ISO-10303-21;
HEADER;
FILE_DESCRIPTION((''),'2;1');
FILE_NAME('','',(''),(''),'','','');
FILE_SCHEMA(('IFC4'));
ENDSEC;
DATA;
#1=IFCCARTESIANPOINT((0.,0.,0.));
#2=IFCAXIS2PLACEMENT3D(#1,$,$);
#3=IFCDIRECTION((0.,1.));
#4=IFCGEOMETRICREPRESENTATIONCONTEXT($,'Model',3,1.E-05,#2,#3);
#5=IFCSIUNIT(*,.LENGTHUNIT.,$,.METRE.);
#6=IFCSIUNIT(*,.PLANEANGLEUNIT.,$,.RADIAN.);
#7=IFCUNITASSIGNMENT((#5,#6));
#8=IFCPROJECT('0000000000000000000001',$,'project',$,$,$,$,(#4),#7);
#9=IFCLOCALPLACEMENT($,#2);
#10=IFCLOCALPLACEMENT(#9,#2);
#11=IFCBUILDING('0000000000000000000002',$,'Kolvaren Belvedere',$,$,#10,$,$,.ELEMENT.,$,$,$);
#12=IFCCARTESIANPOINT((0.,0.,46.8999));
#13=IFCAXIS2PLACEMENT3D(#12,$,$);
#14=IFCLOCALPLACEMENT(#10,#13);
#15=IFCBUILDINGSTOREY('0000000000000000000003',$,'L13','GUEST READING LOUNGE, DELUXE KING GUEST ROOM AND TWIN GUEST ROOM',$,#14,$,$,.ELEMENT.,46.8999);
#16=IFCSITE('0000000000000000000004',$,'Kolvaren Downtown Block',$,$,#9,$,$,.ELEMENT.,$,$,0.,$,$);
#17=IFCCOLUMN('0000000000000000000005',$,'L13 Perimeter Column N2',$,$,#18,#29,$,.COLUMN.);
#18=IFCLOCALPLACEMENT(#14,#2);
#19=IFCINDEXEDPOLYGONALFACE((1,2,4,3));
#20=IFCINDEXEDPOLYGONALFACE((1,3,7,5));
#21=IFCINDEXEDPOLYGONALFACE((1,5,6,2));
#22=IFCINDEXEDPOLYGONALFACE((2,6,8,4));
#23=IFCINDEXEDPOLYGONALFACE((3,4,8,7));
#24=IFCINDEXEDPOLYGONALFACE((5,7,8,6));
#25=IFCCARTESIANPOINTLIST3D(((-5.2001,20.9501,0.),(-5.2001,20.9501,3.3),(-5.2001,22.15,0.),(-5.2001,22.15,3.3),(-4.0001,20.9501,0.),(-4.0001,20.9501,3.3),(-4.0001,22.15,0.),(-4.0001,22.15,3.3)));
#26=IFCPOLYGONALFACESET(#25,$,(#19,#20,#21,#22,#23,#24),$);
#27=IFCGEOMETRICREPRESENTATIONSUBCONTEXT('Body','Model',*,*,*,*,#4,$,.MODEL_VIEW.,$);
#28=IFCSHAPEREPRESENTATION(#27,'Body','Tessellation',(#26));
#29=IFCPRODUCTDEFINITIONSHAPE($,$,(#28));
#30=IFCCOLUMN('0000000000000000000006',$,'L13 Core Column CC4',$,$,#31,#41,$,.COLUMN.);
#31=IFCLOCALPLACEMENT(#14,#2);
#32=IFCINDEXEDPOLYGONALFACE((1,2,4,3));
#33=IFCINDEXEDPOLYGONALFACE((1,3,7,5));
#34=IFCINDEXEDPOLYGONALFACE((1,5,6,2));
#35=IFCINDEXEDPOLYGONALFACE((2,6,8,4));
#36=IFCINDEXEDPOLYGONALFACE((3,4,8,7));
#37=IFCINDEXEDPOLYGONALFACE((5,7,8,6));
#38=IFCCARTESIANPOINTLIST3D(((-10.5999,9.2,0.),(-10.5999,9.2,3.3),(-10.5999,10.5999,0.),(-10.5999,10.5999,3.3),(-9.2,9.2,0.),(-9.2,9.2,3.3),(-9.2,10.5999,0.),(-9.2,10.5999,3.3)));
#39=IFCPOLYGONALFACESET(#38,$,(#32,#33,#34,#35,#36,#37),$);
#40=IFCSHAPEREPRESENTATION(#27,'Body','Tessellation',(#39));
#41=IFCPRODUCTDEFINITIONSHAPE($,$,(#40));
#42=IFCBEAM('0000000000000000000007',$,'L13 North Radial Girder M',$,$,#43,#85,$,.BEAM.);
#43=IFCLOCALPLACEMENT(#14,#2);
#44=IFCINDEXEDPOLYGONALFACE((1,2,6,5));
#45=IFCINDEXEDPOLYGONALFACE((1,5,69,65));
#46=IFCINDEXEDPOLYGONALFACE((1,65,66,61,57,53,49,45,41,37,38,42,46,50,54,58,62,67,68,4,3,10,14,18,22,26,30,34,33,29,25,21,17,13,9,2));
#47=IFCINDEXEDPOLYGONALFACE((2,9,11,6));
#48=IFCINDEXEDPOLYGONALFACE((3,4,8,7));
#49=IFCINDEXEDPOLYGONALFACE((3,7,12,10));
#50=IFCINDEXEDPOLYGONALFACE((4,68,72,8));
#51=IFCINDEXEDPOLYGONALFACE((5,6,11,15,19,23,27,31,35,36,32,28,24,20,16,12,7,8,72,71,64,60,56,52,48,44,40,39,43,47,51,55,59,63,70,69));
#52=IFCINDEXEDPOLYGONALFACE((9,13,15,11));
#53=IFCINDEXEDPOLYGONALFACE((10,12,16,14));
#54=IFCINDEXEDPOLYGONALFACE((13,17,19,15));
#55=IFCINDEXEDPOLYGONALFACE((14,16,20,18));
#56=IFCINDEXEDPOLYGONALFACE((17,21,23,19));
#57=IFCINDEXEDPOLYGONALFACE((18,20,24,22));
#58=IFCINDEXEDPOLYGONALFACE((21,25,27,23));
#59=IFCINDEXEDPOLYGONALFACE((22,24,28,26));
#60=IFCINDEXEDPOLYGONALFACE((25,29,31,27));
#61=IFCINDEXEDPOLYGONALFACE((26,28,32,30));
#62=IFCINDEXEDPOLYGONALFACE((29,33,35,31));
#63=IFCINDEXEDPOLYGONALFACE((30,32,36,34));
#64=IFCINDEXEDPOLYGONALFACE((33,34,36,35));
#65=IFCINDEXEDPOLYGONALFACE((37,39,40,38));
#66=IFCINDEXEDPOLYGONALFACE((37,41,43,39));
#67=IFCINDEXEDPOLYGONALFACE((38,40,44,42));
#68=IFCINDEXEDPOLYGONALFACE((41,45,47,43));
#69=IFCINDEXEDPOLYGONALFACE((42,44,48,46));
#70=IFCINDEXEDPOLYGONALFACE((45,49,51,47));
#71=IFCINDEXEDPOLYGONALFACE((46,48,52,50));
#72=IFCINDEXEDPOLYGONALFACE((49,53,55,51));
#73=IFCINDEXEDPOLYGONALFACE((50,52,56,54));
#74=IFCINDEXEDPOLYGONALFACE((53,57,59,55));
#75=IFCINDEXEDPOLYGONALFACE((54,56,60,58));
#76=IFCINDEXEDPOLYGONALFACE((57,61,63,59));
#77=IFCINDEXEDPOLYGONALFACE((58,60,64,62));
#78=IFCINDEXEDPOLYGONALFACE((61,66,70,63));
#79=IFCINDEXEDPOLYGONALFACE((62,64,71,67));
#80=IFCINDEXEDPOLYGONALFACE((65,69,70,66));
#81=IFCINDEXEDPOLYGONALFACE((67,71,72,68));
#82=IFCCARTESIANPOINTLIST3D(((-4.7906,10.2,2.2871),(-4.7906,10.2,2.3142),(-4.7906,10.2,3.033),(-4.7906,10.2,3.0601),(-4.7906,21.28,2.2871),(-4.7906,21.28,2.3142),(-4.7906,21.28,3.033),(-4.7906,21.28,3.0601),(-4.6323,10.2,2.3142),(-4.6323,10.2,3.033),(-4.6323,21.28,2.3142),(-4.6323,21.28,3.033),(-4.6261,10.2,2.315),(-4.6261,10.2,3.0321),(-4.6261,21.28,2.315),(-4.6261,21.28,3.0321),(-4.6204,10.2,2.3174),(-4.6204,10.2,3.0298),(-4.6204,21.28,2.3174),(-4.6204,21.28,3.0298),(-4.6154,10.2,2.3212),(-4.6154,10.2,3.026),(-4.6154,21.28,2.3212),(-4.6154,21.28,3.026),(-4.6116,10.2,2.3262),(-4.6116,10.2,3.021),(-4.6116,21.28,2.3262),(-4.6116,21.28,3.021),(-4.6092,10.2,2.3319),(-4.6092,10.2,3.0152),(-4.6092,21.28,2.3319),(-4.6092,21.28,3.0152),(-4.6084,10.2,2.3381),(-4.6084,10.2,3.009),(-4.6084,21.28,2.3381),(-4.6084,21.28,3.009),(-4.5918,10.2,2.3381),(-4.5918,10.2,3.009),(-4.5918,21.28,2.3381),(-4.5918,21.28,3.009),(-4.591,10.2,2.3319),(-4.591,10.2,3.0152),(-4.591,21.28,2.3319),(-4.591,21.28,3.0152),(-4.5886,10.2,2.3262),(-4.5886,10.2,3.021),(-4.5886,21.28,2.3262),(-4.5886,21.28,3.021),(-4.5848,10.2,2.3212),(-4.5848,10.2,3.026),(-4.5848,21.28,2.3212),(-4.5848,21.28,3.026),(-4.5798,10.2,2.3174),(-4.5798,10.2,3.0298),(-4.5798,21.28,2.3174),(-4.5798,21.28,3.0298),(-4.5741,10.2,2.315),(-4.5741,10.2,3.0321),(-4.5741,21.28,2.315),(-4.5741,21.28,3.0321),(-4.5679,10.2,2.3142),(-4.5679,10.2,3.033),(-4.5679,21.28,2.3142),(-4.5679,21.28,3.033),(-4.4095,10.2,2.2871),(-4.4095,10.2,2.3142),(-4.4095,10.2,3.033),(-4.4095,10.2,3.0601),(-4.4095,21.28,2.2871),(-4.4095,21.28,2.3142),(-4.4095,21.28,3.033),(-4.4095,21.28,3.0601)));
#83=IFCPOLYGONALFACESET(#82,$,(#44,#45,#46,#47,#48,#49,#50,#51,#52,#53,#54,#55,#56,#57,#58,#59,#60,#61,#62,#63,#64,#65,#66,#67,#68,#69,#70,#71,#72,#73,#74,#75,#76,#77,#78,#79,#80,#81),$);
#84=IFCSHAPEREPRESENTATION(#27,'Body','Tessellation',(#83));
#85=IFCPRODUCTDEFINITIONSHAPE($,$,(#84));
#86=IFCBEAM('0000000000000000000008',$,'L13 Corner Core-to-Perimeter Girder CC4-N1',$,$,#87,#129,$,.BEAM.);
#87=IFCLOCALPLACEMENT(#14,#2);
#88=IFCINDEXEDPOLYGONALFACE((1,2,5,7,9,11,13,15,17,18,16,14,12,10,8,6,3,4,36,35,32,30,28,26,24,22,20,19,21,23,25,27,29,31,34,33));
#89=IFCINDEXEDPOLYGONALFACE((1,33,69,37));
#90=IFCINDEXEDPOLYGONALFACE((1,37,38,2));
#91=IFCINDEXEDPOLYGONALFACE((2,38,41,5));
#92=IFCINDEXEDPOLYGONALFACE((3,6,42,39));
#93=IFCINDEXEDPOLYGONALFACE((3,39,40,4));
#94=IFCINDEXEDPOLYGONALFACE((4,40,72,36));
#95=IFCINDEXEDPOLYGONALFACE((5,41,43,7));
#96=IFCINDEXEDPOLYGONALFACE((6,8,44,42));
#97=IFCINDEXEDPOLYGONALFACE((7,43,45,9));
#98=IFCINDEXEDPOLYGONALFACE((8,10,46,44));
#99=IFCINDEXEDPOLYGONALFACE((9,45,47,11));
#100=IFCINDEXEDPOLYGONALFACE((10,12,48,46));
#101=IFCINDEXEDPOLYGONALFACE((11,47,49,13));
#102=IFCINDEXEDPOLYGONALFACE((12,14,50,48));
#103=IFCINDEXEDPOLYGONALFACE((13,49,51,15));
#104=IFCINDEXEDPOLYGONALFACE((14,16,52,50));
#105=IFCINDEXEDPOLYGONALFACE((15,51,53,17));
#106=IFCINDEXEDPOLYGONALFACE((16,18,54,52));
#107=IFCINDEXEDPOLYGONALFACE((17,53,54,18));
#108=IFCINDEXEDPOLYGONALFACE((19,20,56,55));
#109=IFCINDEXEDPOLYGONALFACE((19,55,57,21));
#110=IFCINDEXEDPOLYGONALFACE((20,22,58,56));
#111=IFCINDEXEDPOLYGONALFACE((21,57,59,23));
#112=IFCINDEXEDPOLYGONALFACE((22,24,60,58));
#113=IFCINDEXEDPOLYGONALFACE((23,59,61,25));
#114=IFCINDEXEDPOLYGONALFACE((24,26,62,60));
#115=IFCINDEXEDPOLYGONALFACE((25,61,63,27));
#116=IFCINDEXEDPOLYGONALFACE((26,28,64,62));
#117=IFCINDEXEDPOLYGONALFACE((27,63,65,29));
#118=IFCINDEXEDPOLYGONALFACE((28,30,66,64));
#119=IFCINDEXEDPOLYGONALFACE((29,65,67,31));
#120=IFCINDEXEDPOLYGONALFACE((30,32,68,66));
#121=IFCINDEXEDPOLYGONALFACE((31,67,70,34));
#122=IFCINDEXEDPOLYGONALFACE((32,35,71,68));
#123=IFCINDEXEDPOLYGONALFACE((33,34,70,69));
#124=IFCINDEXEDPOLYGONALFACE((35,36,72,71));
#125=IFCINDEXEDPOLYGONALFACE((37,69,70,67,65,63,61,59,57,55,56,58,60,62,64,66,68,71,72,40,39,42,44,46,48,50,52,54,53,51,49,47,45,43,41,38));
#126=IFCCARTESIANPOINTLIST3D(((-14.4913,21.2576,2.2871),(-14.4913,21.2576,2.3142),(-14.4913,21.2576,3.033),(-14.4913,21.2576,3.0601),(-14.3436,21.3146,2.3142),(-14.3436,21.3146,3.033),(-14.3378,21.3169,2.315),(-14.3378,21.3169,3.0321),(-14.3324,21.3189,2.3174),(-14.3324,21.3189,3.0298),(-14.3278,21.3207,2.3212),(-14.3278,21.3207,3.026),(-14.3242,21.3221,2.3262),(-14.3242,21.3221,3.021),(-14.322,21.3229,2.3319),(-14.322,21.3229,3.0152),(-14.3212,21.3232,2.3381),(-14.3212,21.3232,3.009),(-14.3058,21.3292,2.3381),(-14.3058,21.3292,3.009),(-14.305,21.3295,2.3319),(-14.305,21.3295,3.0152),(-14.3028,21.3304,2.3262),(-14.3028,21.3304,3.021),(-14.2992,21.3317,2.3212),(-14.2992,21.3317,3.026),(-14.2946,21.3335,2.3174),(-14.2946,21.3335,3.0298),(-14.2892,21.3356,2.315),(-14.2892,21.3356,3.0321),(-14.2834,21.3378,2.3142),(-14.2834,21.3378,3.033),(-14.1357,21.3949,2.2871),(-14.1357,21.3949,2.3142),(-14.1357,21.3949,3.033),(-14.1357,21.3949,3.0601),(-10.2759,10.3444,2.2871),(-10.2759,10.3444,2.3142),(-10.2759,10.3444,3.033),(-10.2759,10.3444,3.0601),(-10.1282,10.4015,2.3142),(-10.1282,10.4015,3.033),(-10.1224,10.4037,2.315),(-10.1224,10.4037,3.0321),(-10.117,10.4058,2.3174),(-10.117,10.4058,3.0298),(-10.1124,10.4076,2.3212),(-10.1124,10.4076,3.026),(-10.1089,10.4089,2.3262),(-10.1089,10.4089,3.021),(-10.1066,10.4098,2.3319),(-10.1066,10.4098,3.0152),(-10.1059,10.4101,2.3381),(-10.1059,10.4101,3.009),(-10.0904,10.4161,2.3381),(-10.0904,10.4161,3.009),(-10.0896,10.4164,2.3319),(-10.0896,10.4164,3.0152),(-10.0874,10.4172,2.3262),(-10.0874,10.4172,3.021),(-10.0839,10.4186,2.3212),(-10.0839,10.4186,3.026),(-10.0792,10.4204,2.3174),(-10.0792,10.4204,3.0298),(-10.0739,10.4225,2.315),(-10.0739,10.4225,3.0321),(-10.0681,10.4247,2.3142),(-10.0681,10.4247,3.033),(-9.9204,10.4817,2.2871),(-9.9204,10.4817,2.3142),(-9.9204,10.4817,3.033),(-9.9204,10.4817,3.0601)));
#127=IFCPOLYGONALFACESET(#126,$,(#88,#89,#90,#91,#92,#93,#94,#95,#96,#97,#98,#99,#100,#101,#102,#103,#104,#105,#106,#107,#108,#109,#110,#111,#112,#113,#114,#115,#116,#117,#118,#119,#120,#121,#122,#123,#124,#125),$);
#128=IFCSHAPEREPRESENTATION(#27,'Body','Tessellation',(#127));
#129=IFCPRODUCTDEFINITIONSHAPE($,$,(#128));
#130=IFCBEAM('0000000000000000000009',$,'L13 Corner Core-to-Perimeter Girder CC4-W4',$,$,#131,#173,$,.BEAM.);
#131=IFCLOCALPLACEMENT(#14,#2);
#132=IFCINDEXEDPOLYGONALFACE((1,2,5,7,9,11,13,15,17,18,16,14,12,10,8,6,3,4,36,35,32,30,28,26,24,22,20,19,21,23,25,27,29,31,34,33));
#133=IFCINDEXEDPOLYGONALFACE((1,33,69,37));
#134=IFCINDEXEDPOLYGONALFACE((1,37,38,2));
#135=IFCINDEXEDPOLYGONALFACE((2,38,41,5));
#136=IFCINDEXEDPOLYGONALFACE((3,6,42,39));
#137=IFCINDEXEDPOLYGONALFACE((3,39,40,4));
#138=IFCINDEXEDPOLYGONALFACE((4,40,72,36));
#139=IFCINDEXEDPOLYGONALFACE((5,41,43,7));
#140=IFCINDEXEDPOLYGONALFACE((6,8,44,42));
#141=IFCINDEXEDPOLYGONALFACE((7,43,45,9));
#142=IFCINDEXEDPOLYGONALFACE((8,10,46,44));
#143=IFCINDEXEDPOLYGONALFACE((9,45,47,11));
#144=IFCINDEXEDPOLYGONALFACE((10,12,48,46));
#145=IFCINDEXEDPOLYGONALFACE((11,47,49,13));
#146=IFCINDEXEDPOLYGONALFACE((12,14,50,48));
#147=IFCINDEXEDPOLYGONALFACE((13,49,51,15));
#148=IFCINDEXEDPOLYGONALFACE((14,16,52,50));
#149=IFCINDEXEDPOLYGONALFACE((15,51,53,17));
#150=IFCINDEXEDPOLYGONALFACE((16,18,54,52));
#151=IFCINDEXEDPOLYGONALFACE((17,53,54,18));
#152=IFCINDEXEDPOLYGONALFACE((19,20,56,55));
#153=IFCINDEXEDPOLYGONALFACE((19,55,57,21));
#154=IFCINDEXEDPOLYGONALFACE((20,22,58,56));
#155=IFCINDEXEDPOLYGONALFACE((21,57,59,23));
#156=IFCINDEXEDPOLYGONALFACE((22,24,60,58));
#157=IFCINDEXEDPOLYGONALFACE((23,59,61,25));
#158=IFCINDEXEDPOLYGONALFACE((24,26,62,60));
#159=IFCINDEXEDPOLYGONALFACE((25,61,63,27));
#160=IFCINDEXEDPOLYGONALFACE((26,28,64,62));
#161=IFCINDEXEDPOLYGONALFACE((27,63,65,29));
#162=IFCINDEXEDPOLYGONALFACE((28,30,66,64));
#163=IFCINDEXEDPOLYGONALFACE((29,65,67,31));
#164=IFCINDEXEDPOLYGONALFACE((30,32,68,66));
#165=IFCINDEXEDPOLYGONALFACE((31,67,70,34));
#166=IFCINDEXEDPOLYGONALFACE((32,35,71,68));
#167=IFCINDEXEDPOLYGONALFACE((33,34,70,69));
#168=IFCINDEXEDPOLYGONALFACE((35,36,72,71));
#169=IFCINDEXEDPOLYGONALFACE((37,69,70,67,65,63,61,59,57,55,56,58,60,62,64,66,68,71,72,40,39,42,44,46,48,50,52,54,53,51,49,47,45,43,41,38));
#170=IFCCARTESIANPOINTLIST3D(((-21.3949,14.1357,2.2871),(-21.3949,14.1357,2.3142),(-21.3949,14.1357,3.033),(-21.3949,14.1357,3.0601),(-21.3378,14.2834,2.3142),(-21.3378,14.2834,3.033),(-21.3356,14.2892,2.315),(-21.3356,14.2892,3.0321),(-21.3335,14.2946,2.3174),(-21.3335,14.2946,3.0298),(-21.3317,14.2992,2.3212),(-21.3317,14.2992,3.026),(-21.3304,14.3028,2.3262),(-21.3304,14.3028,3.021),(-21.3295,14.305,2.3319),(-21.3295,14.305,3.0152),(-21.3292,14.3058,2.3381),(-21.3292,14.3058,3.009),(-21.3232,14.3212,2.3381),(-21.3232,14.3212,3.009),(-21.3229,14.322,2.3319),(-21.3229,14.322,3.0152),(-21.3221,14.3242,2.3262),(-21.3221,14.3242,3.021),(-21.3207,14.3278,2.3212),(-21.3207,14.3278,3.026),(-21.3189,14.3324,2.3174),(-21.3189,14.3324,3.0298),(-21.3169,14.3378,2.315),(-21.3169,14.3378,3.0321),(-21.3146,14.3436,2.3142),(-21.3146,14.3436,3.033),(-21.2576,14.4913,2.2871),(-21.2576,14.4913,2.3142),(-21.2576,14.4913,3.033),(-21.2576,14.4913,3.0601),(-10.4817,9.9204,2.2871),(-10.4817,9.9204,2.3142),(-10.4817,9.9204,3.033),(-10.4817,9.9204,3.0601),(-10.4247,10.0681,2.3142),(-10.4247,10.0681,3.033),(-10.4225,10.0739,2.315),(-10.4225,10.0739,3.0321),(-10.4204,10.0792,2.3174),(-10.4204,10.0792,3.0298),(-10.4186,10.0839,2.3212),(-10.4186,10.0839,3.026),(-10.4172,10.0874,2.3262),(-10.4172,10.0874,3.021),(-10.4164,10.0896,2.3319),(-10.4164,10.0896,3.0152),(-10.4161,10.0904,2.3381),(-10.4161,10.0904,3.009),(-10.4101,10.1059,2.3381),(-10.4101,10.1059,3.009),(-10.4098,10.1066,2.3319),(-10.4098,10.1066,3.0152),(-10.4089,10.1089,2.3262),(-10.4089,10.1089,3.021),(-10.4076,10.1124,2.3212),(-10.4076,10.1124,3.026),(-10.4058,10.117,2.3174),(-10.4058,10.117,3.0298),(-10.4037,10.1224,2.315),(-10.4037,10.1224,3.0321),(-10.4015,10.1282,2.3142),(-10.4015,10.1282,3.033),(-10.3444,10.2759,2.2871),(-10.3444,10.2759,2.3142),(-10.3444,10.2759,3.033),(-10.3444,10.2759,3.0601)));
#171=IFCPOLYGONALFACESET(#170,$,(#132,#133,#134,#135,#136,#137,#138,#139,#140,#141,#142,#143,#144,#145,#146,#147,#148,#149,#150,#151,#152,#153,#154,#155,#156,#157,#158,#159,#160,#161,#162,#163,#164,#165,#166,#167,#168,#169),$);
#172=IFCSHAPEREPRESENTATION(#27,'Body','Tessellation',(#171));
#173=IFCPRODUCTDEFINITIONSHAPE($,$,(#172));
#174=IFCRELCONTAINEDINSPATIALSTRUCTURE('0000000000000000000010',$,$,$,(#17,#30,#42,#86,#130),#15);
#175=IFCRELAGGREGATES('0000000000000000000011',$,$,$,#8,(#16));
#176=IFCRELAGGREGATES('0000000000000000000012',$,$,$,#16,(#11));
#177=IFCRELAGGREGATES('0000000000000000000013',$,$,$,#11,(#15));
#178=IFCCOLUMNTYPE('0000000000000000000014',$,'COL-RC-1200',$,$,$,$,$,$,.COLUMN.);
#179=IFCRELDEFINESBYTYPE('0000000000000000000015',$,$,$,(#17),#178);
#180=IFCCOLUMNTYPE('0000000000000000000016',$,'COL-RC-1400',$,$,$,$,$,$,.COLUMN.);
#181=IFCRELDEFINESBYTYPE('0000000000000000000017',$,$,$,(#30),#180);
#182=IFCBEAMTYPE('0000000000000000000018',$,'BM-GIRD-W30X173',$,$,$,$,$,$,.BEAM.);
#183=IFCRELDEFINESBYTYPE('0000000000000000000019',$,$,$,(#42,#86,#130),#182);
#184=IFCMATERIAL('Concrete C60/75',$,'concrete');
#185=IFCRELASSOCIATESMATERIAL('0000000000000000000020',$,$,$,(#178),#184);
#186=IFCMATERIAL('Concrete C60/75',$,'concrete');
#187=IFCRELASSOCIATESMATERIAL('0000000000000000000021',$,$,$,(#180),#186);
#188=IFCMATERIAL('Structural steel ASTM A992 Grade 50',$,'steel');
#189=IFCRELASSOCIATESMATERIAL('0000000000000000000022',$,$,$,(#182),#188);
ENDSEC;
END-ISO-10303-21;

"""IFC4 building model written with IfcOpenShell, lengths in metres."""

from ifc_helpers import new_model, si_unit, direction, frame, origin, origin_2d, place, context, subcontext, project, spatial, rectangle, i_section, extrude, material, material_profile, profile_set, type_object, element, save


model = new_model("IFC4")

# Units and contexts
model_context = context("Model", 3, precision=1e-05, world=origin(), true_north=direction((0.0, 1.0)))
body_context = subcontext(model_context, "Body", "Model", "MODEL_VIEW")
ifc_project = project(units=[si_unit("LENGTHUNIT", "METRE"), si_unit("PLANEANGLEUNIT", "RADIAN")], contexts=[model_context])

# Site, building, storey
site_placement = place(None, origin())
site = spatial("IfcSite", under=ifc_project, at=site_placement, Name="Kolvaren Downtown Block", CompositionType="ELEMENT", RefElevation=0.0)
building_placement = place(site_placement, origin())
building = spatial("IfcBuilding", under=site, at=building_placement, Name="Kolvaren Belvedere", CompositionType="ELEMENT")
storey_placement = place(building_placement, frame((0.0, 0.0, 46.8999)))
storey = spatial("IfcBuildingStorey", under=building, at=storey_placement, Name="L13", Description="GUEST READING LOUNGE, DELUXE KING GUEST ROOM AND TWIN GUEST ROOM", CompositionType="ELEMENT", Elevation=46.8999)

# Columns
ifc_material_1 = material(Name="Concrete C60/75", Category="concrete")
ifc_material_profile_1 = material_profile(ifc_material_1, rectangle(XDim=1.2, YDim=1.2, at=origin_2d()), Name="RC 1200X1200")
ifc_profile_set_1 = profile_set([ifc_material_profile_1], Name="Concrete C60/75")
column_type_1 = type_object("IfcColumnType", Name="COL-RC-1200", PredefinedType="COLUMN", material=ifc_profile_set_1)
column_1_placement = place(storey_placement, frame((-4.6001, 21.55, 0.0), z_axis=(0.0, 0.0, 1.0), x_axis=(1.0, 0.0, 0.0)))
element("IfcColumn", 1, at=column_1_placement, inside=storey, type_object=column_type_1, Name="L13 Perimeter Column N2", PredefinedType="COLUMN", context=body_context, shape_type="SweptSolid", body=[
    extrude(rectangle(XDim=1.2, YDim=1.2, at=origin_2d()), origin(), (0.0, 0.0, 1.0), 3.3),
])
ifc_material_2 = material(Name="Concrete C60/75", Category="concrete")
ifc_material_profile_2 = material_profile(ifc_material_2, rectangle(XDim=1.3999, YDim=1.3999, at=origin_2d()), Name="RC 1400X1400")
ifc_profile_set_2 = profile_set([ifc_material_profile_2], Name="Concrete C60/75")
column_type_2 = type_object("IfcColumnType", Name="COL-RC-1400", PredefinedType="COLUMN", material=ifc_profile_set_2)
column_2_placement = place(storey_placement, frame((-9.8999, 9.8999, 0.0), z_axis=(0.0, 0.0, 1.0), x_axis=(1.0, 0.0, 0.0)))
element("IfcColumn", 2, at=column_2_placement, inside=storey, type_object=column_type_2, Name="L13 Core Column CC4", PredefinedType="COLUMN", context=body_context, shape_type="SweptSolid", body=[
    extrude(rectangle(XDim=1.3999, YDim=1.3999, at=origin_2d()), origin(), (0.0, 0.0, 1.0), 3.3),
])

# Beams
ifc_material_3 = material(Name="Structural steel ASTM A992 Grade 50", Category="steel")
ifc_material_profile_3 = material_profile(ifc_material_3, i_section(OverallWidth=0.3811, OverallDepth=0.7729, WebThickness=0.0166, FlangeThickness=0.0271, FilletRadius=0.0239, at=origin_2d()), Name="W30X173")
ifc_profile_set_3 = profile_set([ifc_material_profile_3], Name="Structural steel ASTM A992 Grade 50")
beam_type_1 = type_object("IfcBeamType", Name="BM-GIRD-W30X173", PredefinedType="BEAM", material=ifc_profile_set_3)
beam_1_placement = place(storey_placement, frame((-4.6001, 10.2, 2.6736), z_axis=(0.0, 1.0, 0.0), x_axis=(-1.0, 0.0, 0.0)))
element("IfcBeam", 3, at=beam_1_placement, inside=storey, type_object=beam_type_1, Name="L13 North Radial Girder M", PredefinedType="BEAM", context=body_context, shape_type="SweptSolid", body=[
    extrude(i_section(OverallWidth=0.3811, OverallDepth=0.7729, WebThickness=0.0166, FlangeThickness=0.0271, FilletRadius=0.0239, at=origin_2d()), origin(), (0.0, 0.0, 1.0), 11.0801),
])
for number, where, z_axis, x_axis, name in (
    (4, (-10.0981, 10.4131, 2.6736), (-0.360318, 0.932829, 0.0), (-0.932829, -0.360318, 0.0), "L13 Corner Core-to-Perimeter Girder CC4-N1"),
    (5, (-10.4131, 10.0981, 2.6736), (-0.932829, 0.360318, 0.0), (-0.360318, -0.932829, 0.0), "L13 Corner Core-to-Perimeter Girder CC4-W4"),
):
    element("IfcBeam", number, at=place(storey_placement, frame(where, z_axis=z_axis, x_axis=x_axis)), inside=storey, type_object=beam_type_1, Name=name, PredefinedType="BEAM", context=body_context, shape_type="SweptSolid", body=[
        extrude(i_section(OverallWidth=0.3811, OverallDepth=0.7729, WebThickness=0.0166, FlangeThickness=0.0271, FilletRadius=0.0239, at=origin_2d()), origin(), (0.0, 0.0, 1.0), 11.699),
    ])

save(model, "model.ifc")
